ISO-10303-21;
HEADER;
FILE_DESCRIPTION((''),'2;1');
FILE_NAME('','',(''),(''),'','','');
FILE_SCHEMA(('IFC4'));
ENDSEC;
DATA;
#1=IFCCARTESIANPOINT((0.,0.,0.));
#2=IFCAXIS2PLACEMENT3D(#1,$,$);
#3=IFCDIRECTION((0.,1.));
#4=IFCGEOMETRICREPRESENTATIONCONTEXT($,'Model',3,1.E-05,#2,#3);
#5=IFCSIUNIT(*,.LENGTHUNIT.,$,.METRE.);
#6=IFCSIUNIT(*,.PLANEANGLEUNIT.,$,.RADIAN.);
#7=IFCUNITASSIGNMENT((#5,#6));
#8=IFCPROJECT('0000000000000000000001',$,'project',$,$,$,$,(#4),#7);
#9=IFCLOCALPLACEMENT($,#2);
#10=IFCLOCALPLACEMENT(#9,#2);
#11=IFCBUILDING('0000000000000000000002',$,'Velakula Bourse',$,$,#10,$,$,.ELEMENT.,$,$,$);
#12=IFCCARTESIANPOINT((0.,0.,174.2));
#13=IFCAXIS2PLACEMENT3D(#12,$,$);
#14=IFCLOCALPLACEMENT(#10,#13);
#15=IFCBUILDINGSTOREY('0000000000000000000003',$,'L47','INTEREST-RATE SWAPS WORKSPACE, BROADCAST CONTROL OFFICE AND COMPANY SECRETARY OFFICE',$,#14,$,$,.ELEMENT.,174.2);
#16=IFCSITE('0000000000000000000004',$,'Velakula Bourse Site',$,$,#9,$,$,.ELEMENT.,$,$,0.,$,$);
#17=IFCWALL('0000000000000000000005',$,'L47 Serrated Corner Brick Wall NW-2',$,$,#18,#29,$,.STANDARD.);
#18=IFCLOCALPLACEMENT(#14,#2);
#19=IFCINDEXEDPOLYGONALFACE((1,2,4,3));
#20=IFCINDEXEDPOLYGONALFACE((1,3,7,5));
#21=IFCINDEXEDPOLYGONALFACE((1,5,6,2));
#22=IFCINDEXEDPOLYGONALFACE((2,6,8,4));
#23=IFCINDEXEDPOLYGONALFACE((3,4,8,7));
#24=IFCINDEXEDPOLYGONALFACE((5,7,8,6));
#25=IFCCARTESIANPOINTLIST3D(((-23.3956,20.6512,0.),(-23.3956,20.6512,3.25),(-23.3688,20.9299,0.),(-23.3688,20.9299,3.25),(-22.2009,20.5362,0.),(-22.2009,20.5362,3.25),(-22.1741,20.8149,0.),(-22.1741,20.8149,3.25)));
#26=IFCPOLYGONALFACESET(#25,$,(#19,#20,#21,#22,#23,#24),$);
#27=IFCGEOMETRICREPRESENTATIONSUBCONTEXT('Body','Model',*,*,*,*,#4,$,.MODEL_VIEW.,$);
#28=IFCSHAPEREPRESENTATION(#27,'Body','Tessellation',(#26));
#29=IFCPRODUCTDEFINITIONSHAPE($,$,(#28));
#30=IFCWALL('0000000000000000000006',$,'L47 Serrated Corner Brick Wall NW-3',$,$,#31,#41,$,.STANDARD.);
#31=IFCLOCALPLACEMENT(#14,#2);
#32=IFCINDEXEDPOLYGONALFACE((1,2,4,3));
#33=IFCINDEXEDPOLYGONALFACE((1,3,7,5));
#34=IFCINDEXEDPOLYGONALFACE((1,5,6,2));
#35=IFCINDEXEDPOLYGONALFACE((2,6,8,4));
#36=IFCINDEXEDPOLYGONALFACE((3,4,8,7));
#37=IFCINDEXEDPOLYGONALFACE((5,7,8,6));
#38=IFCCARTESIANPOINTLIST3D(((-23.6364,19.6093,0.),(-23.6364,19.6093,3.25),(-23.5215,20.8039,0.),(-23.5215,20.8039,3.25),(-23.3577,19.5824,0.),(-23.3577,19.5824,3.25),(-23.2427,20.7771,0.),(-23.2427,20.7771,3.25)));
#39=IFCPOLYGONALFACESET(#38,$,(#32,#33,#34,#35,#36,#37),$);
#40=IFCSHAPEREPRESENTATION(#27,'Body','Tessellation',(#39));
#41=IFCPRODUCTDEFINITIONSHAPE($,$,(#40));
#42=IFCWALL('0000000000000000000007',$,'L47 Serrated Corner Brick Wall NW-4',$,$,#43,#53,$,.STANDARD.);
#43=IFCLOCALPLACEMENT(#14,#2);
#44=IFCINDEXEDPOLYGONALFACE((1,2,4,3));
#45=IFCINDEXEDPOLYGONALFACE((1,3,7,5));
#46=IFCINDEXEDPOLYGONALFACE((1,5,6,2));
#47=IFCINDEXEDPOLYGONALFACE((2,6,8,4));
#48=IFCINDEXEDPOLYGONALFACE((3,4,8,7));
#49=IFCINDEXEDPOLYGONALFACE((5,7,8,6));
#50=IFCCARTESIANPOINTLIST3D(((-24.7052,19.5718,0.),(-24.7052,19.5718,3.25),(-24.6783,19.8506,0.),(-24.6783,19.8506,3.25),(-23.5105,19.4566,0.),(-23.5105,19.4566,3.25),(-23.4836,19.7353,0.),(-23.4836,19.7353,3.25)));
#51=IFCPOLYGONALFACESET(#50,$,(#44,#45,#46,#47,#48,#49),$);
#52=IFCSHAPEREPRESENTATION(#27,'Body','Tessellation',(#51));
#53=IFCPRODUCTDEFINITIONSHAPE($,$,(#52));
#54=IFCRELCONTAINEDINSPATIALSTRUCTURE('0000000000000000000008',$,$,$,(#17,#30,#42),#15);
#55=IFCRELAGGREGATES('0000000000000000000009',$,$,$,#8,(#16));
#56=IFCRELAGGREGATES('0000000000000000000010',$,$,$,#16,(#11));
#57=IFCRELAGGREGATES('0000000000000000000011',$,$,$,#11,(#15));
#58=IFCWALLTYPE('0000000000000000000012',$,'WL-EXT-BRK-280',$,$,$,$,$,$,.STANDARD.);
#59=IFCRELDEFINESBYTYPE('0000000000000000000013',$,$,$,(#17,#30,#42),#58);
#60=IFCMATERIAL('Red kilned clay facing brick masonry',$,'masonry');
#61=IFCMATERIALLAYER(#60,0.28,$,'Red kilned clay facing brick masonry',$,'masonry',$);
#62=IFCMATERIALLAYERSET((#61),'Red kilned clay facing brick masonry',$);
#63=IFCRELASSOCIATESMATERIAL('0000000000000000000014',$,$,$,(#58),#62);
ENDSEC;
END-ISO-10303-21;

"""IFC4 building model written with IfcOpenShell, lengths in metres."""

from ifc_helpers import new_model, si_unit, direction, frame, frame_2d, origin, place, context, subcontext, project, spatial, rectangle, extrude, material, layer, layer_set, type_object, element, save


model = new_model("IFC4")

# Units and contexts
model_context = context("Model", 3, precision=1e-05, world=origin(), true_north=direction((0.0, 1.0)))
body_context = subcontext(model_context, "Body", "Model", "MODEL_VIEW")
ifc_project = project(units=[si_unit("LENGTHUNIT", "METRE"), si_unit("PLANEANGLEUNIT", "RADIAN")], contexts=[model_context])

# Site, building, storey
site_placement = place(None, origin())
site = spatial("IfcSite", under=ifc_project, at=site_placement, Name="Velakula Bourse Site", CompositionType="ELEMENT", RefElevation=0.0)
building_placement = place(site_placement, origin())
building = spatial("IfcBuilding", under=site, at=building_placement, Name="Velakula Bourse", CompositionType="ELEMENT")
storey_placement = place(building_placement, frame((0.0, 0.0, 174.2)))
storey = spatial("IfcBuildingStorey", under=building, at=storey_placement, Name="L47", Description="INTEREST-RATE SWAPS WORKSPACE, BROADCAST CONTROL OFFICE AND COMPANY SECRETARY OFFICE", CompositionType="ELEMENT", Elevation=174.2)

# Shared definitions
ifc_material_1 = material(Name="Red kilned clay facing brick masonry", Category="masonry")
ifc_layer = layer(ifc_material_1, 0.28, Name="Red kilned clay facing brick masonry", Category="masonry")
ifc_layer_set = layer_set([ifc_layer], Name="Red kilned clay facing brick masonry")
wall_type = type_object("IfcWallType", Name="WL-EXT-BRK-280", PredefinedType="STANDARD", material=ifc_layer_set)

# Walls
for number, where, z_axis, x_axis, name in (
    (1, (-22.1875, 20.6755, 0.0), (0.0, 0.0, 1.0), (-0.995399, 0.095817, 0.0), "L47 Serrated Corner Brick Wall NW-2"),
    (2, (-23.3821, 20.7905, 0.0), (0.0, 0.0, 1.0), (-0.095817, -0.995399, 0.0), "L47 Serrated Corner Brick Wall NW-3"),
    (3, (-23.4971, 19.5959, 0.0), (0.0, 0.0, 1.0), (-0.99538, 0.096019, 0.0), "L47 Serrated Corner Brick Wall NW-4"),
):
    element("IfcWall", number, at=place(storey_placement, frame(where, z_axis=z_axis, x_axis=x_axis)), inside=storey, type_object=wall_type, Name=name, PredefinedType="STANDARD", context=body_context, shape_type="SweptSolid", body=[
        extrude(rectangle(XDim=1.2002, YDim=0.28, at=frame_2d((0.6001, 0.0))), origin(), (0.0, 0.0, 1.0), 3.25),
    ])

save(model, "model.ifc")
